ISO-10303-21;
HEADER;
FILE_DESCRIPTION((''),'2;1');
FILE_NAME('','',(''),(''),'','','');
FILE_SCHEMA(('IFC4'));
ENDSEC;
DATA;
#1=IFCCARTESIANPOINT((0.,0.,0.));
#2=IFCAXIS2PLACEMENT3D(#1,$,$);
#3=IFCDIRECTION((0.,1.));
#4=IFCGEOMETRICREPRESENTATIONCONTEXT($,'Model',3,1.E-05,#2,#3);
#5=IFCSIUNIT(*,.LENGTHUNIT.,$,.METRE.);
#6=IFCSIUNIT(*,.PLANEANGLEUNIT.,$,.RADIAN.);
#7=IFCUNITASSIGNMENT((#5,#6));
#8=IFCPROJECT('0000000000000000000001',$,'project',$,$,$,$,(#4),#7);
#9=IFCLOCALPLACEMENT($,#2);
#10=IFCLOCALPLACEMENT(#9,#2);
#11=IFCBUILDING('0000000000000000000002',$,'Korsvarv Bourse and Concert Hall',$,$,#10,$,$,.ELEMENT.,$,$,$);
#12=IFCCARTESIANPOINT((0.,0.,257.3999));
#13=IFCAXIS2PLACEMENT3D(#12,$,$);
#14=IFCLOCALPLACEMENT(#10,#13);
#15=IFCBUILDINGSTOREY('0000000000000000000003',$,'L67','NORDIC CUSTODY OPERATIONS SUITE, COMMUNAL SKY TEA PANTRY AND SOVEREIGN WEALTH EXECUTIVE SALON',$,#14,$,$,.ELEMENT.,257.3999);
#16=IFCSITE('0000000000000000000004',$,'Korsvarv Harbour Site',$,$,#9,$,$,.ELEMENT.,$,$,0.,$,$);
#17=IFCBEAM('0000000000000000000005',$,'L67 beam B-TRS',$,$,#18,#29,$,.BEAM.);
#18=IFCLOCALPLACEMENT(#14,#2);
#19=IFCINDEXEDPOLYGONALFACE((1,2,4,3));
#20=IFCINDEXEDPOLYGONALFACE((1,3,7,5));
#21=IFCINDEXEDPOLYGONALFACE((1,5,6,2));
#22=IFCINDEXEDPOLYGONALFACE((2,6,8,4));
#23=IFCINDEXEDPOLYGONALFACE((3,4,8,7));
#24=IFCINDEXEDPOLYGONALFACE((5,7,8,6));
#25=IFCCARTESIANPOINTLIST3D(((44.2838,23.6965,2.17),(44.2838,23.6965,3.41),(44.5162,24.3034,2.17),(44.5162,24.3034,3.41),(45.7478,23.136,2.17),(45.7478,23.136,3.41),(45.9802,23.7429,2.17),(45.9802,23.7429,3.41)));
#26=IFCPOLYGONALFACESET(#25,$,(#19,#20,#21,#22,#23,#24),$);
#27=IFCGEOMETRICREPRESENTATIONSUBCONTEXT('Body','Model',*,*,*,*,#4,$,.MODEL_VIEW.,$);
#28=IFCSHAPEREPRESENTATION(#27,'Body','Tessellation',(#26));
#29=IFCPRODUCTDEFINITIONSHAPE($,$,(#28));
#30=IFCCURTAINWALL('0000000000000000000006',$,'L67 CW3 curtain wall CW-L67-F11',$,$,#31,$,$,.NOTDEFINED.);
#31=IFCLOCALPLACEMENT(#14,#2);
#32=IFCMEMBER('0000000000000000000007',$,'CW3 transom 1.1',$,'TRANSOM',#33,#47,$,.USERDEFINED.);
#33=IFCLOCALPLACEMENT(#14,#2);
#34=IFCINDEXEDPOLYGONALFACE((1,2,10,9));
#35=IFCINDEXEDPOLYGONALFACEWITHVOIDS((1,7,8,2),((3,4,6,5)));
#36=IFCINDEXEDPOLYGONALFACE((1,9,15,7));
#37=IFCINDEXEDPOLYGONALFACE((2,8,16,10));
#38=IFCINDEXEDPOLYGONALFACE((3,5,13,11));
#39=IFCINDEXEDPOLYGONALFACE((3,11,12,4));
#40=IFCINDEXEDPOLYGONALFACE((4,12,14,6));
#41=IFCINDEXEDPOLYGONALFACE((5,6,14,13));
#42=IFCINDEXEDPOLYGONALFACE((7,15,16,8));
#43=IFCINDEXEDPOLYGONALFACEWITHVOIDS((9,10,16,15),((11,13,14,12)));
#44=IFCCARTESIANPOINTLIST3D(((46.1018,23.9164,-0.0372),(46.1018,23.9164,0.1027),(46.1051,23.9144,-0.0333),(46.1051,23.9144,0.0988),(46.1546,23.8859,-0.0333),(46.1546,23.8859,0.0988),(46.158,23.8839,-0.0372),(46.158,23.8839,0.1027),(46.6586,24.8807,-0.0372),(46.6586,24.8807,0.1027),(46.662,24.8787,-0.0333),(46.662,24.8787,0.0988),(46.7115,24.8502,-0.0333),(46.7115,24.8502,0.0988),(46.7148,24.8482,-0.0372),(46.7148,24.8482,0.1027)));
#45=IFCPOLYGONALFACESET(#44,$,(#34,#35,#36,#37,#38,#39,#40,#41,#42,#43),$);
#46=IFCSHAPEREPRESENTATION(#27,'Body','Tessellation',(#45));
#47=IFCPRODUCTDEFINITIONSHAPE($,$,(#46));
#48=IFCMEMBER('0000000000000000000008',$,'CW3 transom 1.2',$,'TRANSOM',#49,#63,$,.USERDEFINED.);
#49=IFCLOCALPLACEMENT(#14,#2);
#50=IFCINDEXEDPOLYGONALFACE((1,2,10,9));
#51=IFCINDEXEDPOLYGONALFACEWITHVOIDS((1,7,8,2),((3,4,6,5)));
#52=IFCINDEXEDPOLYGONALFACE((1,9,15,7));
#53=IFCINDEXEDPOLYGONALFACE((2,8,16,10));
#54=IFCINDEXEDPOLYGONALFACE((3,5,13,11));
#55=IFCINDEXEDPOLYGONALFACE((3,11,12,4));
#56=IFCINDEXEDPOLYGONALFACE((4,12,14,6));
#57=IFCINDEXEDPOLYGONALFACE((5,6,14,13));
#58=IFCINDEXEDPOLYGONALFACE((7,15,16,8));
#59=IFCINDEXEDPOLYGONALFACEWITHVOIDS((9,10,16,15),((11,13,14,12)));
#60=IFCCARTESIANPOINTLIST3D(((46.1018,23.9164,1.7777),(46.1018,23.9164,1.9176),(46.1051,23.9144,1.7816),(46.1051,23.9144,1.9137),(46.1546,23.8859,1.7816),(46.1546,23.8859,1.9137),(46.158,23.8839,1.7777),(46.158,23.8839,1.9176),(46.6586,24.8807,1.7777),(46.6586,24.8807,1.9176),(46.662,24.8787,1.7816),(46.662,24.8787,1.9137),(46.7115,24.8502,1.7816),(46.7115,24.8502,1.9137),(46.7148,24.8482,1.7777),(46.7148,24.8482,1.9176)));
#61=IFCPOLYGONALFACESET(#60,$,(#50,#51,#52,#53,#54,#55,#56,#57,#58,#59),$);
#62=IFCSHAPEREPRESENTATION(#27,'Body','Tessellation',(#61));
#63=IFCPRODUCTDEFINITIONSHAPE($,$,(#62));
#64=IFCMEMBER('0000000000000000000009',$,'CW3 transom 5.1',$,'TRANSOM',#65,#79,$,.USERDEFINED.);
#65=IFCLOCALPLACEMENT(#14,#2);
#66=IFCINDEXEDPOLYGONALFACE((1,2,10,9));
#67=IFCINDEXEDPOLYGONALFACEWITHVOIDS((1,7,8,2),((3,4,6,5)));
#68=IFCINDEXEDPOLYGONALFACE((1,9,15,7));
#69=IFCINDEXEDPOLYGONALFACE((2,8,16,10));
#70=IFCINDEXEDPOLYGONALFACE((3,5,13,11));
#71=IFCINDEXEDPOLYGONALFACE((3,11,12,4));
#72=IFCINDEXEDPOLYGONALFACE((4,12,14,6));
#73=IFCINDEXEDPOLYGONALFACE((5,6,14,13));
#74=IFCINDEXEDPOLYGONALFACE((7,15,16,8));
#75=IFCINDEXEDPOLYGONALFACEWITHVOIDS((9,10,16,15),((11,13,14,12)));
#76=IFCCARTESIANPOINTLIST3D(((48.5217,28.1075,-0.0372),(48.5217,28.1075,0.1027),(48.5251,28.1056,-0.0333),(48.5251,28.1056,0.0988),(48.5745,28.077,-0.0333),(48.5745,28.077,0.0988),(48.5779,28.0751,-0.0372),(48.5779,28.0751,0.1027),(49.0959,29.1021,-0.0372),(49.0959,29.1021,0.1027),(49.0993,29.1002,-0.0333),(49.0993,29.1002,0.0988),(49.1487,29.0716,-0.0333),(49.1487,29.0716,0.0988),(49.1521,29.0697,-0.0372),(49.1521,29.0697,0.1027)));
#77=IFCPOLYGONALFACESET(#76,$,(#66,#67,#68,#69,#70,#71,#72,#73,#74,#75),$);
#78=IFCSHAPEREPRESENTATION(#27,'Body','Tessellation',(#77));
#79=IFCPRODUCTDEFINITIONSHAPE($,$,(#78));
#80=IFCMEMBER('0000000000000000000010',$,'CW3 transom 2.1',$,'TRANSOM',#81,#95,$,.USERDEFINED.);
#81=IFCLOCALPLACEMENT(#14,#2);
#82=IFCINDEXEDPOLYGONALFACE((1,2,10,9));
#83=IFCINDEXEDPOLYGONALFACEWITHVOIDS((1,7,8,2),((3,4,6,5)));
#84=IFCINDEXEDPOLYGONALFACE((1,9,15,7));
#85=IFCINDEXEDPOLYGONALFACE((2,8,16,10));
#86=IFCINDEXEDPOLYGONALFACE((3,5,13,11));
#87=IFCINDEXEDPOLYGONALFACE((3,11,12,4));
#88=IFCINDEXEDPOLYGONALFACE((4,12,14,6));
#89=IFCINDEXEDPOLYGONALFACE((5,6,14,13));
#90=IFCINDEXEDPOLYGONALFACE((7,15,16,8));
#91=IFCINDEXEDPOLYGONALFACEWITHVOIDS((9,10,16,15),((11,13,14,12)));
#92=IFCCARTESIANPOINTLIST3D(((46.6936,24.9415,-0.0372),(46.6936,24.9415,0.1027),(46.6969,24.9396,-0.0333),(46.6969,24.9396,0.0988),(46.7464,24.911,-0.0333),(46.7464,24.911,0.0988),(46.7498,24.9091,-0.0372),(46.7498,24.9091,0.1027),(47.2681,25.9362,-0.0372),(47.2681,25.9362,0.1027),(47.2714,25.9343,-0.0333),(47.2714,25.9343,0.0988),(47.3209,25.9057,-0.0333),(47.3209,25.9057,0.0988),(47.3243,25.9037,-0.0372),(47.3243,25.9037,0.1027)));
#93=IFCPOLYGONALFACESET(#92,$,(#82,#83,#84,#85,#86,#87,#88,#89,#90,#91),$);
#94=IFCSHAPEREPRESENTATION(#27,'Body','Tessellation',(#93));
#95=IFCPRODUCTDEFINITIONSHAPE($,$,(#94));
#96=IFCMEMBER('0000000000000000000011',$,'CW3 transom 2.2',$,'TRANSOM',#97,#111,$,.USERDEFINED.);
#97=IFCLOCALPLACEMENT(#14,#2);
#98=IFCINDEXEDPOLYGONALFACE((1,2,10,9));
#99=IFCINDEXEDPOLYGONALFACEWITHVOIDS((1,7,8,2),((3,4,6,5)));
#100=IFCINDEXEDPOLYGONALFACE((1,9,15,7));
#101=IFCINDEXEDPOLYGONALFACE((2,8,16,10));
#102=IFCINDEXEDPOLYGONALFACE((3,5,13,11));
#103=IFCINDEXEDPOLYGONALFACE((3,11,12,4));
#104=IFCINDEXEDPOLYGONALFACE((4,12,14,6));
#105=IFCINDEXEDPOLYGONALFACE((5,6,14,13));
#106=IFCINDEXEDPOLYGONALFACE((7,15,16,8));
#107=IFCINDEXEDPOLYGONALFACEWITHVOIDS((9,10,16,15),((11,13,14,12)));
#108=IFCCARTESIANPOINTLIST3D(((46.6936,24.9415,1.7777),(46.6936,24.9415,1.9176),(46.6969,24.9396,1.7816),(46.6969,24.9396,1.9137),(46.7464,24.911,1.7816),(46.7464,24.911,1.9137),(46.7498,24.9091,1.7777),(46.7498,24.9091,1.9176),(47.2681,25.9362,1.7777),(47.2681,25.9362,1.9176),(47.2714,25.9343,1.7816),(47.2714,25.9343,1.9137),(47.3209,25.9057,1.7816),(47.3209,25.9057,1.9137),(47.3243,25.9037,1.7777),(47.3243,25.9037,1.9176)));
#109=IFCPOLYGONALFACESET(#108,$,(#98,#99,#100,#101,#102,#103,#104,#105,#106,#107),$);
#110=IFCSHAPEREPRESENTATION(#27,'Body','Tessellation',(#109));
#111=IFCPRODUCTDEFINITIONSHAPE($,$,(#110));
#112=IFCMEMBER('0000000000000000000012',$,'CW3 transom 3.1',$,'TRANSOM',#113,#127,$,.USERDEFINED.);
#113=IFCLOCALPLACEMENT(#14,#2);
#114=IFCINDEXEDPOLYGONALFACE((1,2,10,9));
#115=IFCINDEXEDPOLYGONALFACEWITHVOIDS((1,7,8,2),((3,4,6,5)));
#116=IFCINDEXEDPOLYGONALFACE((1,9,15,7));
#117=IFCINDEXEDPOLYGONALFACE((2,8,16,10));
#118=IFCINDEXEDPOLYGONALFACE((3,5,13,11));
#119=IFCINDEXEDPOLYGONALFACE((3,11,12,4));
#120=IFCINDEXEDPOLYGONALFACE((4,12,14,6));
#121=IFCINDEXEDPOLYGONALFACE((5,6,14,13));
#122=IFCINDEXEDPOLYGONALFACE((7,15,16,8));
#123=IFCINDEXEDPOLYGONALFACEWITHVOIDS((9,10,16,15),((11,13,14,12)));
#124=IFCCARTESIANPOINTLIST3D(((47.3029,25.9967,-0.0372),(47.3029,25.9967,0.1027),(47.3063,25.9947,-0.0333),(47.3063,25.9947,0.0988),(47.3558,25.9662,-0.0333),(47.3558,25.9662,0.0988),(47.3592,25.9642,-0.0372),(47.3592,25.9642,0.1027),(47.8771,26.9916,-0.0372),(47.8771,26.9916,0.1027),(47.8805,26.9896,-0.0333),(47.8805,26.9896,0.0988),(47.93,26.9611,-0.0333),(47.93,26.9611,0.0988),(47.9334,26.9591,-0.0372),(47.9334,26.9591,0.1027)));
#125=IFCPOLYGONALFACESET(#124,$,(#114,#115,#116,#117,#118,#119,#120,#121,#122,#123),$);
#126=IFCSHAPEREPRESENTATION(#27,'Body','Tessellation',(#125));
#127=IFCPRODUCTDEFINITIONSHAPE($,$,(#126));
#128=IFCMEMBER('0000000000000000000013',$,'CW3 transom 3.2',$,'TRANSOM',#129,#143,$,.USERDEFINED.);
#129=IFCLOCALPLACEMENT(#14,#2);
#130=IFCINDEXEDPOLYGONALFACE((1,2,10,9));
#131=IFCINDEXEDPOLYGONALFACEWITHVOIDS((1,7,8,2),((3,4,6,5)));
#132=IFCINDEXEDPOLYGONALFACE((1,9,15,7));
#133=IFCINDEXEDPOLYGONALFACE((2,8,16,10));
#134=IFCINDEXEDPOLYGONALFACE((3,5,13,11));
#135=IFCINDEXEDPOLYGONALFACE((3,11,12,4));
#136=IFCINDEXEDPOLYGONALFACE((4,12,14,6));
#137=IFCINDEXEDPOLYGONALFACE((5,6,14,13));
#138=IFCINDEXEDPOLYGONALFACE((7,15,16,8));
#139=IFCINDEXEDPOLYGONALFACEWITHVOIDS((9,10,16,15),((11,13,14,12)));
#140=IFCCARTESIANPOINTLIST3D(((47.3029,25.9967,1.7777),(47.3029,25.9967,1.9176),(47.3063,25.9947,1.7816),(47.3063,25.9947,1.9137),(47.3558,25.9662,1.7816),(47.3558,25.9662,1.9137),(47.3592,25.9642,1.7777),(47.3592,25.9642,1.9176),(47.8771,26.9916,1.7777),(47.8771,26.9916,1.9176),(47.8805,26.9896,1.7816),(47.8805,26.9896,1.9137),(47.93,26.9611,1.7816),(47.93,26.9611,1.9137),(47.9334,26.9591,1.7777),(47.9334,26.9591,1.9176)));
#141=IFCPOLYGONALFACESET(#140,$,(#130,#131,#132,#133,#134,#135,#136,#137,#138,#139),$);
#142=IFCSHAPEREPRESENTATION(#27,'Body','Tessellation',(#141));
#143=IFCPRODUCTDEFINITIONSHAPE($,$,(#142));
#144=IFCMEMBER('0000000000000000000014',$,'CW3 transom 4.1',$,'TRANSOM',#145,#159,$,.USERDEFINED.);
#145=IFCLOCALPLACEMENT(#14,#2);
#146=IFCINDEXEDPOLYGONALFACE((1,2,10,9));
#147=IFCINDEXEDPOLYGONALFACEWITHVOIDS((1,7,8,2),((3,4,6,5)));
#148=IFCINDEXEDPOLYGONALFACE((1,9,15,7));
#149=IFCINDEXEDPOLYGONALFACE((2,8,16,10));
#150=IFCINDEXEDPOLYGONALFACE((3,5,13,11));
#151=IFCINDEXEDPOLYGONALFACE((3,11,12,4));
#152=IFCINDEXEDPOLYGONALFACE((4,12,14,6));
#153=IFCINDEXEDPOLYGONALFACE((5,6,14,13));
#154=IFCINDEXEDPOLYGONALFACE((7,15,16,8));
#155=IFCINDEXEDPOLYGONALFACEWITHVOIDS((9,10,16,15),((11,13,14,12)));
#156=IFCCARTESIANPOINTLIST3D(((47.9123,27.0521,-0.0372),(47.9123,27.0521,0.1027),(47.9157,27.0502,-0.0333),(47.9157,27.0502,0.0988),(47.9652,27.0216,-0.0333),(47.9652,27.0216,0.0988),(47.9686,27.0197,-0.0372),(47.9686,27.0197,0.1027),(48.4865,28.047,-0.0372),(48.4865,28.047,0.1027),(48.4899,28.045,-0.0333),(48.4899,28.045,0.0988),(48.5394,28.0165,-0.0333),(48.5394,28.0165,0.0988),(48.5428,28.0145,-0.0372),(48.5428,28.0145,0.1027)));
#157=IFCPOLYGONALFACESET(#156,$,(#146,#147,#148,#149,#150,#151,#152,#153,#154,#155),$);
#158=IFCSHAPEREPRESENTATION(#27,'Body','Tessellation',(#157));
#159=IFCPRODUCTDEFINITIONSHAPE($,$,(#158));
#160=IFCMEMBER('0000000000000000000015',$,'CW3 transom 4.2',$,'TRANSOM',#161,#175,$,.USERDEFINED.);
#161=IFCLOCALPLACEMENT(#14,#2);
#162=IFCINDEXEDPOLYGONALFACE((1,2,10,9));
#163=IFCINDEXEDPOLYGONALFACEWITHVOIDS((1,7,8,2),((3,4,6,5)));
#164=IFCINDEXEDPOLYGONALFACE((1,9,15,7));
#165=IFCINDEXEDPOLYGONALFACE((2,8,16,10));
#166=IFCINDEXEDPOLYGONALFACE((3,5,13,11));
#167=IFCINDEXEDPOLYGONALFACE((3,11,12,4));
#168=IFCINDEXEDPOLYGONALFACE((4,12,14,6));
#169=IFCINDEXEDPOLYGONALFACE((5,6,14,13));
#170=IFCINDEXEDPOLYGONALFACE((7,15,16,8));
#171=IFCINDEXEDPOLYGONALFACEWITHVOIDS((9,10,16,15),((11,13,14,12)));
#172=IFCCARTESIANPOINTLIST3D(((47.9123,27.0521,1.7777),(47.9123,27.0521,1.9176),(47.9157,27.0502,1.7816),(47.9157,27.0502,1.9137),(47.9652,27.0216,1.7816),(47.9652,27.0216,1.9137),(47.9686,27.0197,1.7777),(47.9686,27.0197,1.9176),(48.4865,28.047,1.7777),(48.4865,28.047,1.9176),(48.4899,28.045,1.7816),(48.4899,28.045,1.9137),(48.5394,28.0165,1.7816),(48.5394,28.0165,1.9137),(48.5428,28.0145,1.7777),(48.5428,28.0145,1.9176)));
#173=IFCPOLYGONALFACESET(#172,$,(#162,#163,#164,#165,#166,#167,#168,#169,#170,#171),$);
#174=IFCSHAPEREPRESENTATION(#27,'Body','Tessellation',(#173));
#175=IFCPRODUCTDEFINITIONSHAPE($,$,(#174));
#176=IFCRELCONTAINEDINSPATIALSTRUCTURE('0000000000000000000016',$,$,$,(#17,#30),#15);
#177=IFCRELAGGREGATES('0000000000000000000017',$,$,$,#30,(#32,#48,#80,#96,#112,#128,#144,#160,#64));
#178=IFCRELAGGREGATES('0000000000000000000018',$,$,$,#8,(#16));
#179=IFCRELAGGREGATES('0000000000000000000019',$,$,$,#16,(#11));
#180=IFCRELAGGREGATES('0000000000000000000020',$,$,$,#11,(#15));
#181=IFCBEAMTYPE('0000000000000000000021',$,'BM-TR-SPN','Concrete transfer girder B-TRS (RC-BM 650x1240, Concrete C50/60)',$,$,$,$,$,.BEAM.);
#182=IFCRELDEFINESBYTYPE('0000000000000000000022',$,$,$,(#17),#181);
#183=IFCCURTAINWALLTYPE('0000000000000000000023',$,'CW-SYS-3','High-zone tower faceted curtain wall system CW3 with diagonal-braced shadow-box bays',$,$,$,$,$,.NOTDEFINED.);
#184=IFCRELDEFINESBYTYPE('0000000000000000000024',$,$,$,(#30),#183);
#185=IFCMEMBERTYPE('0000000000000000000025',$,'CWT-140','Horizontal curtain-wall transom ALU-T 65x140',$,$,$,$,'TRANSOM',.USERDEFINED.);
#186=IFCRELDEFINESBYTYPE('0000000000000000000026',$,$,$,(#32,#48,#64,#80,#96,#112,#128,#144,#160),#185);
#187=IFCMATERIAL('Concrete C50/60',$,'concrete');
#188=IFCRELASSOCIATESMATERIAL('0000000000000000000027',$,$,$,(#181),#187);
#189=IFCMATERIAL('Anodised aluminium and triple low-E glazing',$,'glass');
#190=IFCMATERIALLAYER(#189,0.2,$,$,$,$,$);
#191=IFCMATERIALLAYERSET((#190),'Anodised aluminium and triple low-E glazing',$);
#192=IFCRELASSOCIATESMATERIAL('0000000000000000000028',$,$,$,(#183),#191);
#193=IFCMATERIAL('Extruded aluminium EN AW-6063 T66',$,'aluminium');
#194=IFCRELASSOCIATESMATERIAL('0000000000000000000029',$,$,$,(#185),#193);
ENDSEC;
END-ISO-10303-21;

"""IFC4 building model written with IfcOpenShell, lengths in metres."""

from ifc_helpers import new_model, si_unit, direction, frame, origin, origin_2d, place, context, subcontext, project, spatial, rectangle, hollow_rectangle, extrude, source, transform, mapped, material, layer, layer_set, material_profile, profile_set, type_object, element, aggregate, save


model = new_model("IFC4")

# Units and contexts
model_context = context("Model", 3, precision=1e-05, world=origin(), true_north=direction((0.0, 1.0)))
body_context = subcontext(model_context, "Body", "Model", "MODEL_VIEW")
ifc_project = project(units=[si_unit("LENGTHUNIT", "METRE"), si_unit("PLANEANGLEUNIT", "RADIAN")], contexts=[model_context])

# Site, building, storey
site_placement = place(None, origin())
site = spatial("IfcSite", under=ifc_project, at=site_placement, Name="Korsvarv Harbour Site", CompositionType="ELEMENT", RefElevation=0.0)
building_placement = place(site_placement, origin())
building = spatial("IfcBuilding", under=site, at=building_placement, Name="Korsvarv Bourse and Concert Hall", CompositionType="ELEMENT")
storey_placement = place(building_placement, frame((0.0, 0.0, 257.3999)))
storey = spatial("IfcBuildingStorey", under=building, at=storey_placement, Name="L67", Description="NORDIC CUSTODY OPERATIONS SUITE, COMMUNAL SKY TEA PANTRY AND SOVEREIGN WEALTH EXECUTIVE SALON", CompositionType="ELEMENT", Elevation=257.3999)

# Shared definitions
ifc_material_1 = material(Name="Concrete C50/60", Category="concrete")

# Beam
ifc_material_profile_1 = material_profile(ifc_material_1, rectangle(XDim=0.6499, YDim=1.24, at=origin_2d()), Name="RC-BM 650x1240")
ifc_profile_set_1 = profile_set([ifc_material_profile_1], Name="Concrete C50/60")
beam_type_1 = type_object("IfcBeamType", Name="BM-TR-SPN", Description="Concrete transfer girder B-TRS (RC-BM 650x1240, Concrete C50/60)", PredefinedType="BEAM", material=ifc_profile_set_1)
shared_shape_1 = source(origin(), body_context, "Body", "SweptSolid", [
    extrude(rectangle(XDim=0.6499, YDim=1.24, at=origin_2d()), origin(), (0.0, 0.0, 1.0), 1.5676),
])
beam_1_placement = place(storey_placement, frame((45.864, 23.4395, 2.79), z_axis=(-0.933894, 0.357549, 0.0), x_axis=(-0.357549, -0.933894, 0.0)))
element("IfcBeam", 1, at=beam_1_placement, inside=storey, type_object=beam_type_1, Name="L67 beam B-TRS", PredefinedType="BEAM", context=body_context, shape_type="MappedRepresentation", body=[
    mapped(shared_shape_1, transform((0.0, 0.0, 0.0), scale=1.0)),
])

# Curtain wall, members
ifc_material_2 = material(Name="Anodised aluminium and triple low-E glazing", Category="glass")
ifc_layer_1 = layer(ifc_material_2, 0.2)
ifc_layer_set_1 = layer_set([ifc_layer_1], Name="Anodised aluminium and triple low-E glazing")
curtain_wall_type = type_object("IfcCurtainWallType", Name="CW-SYS-3", Description="High-zone tower faceted curtain wall system CW3 with diagonal-braced shadow-box bays", PredefinedType="NOTDEFINED", material=ifc_layer_set_1)
curtain_wall_placement = place(storey_placement, origin())
curtain_wall = element("IfcCurtainWall", 2, at=curtain_wall_placement, inside=storey, type_object=curtain_wall_type, Name="L67 CW3 curtain wall CW-L67-F11", PredefinedType="NOTDEFINED")
ifc_material_3 = material(Name="Extruded aluminium EN AW-6063 T66", Category="aluminium")
ifc_material_profile_2 = material_profile(ifc_material_3, hollow_rectangle(XDim=0.0649, YDim=0.1399, WallThickness=0.0039, at=origin_2d()), Name="ALU-T 65x140")
ifc_profile_set_2 = profile_set([ifc_material_profile_2], Name="Extruded aluminium EN AW-6063 T66")
member_type_1 = type_object("IfcMemberType", Name="CWT-140", Description="Horizontal curtain-wall transom ALU-T 65x140", ElementType="TRANSOM", PredefinedType="USERDEFINED", material=ifc_profile_set_2)
shared_shape_2 = source(origin(), body_context, "Body", "SweptSolid", [
    extrude(hollow_rectangle(XDim=0.0649, YDim=0.1399, WallThickness=0.0039, at=origin_2d()), origin(), (0.0, 0.0, 1.0), 1.1135),
])
member_1_placement = place(storey_placement, frame((46.1299, 23.9001, 0.0327), z_axis=(0.500077, 0.865981, 0.0), x_axis=(-0.865981, 0.500077, 0.0)))
member_1 = element("IfcMember", 3, at=member_1_placement, type_object=member_type_1, Name="CW3 transom 1.1", ObjectType="TRANSOM", PredefinedType="USERDEFINED", context=body_context, shape_type="MappedRepresentation", body=[
    mapped(shared_shape_2, transform((0.0, 0.0, 0.0), scale=1.0)),
])
member_2_placement = place(storey_placement, frame((46.1299, 23.9001, 1.8477), z_axis=(0.500077, 0.865981, 0.0), x_axis=(-0.865981, 0.500077, 0.0)))
member_2 = element("IfcMember", 4, at=member_2_placement, type_object=member_type_1, Name="CW3 transom 1.2", ObjectType="TRANSOM", PredefinedType="USERDEFINED", context=body_context, shape_type="MappedRepresentation", body=[
    mapped(shared_shape_2, transform((0.0, 0.0, 0.0), scale=1.0)),
])
shared_shape_3 = source(origin(), body_context, "Body", "SweptSolid", [
    extrude(hollow_rectangle(XDim=0.0649, YDim=0.1399, WallThickness=0.0039, at=origin_2d()), origin(), (0.0, 0.0, 1.0), 1.1484),
])
member_3_placement = place(storey_placement, frame((48.5498, 28.0913, 0.0327), z_axis=(0.49998, 0.866037, 0.0), x_axis=(-0.866037, 0.49998, 0.0)))
member_3 = element("IfcMember", 5, at=member_3_placement, type_object=member_type_1, Name="CW3 transom 5.1", ObjectType="TRANSOM", PredefinedType="USERDEFINED", context=body_context, shape_type="MappedRepresentation", body=[
    mapped(shared_shape_3, transform((0.0, 0.0, 0.0), scale=1.0)),
])
shared_shape_4 = source(origin(), body_context, "Body", "SweptSolid", [
    extrude(hollow_rectangle(XDim=0.0649, YDim=0.1399, WallThickness=0.0039, at=origin_2d()), origin(), (0.0, 0.0, 1.0), 1.1487),
])
member_4_placement = place(storey_placement, frame((46.7217, 24.9253, 0.0327), z_axis=(0.500139, 0.865945, 0.0), x_axis=(-0.865945, 0.500139, 0.0)))
member_4 = element("IfcMember", 6, at=member_4_placement, type_object=member_type_1, Name="CW3 transom 2.1", ObjectType="TRANSOM", PredefinedType="USERDEFINED", context=body_context, shape_type="MappedRepresentation", body=[
    mapped(shared_shape_4, transform((0.0, 0.0, 0.0), scale=1.0)),
])
member_5_placement = place(storey_placement, frame((46.7217, 24.9253, 1.8477), z_axis=(0.500139, 0.865945, 0.0), x_axis=(-0.865945, 0.500139, 0.0)))
member_5 = element("IfcMember", 7, at=member_5_placement, type_object=member_type_1, Name="CW3 transom 2.2", ObjectType="TRANSOM", PredefinedType="USERDEFINED", context=body_context, shape_type="MappedRepresentation", body=[
    mapped(shared_shape_4, transform((0.0, 0.0, 0.0), scale=1.0)),
])
member_6_placement = place(storey_placement, frame((47.3311, 25.9805, 0.0327), z_axis=(0.499888, 0.86609, 0.0), x_axis=(-0.86609, 0.499888, 0.0)))
member_6 = element("IfcMember", 8, at=member_6_placement, type_object=member_type_1, Name="CW3 transom 3.1", ObjectType="TRANSOM", PredefinedType="USERDEFINED", context=body_context, shape_type="MappedRepresentation", body=[
    mapped(shared_shape_4, transform((0.0, 0.0, 0.0), scale=1.0)),
])
member_7_placement = place(storey_placement, frame((47.3311, 25.9805, 1.8477), z_axis=(0.499888, 0.86609, 0.0), x_axis=(-0.86609, 0.499888, 0.0)))
member_7 = element("IfcMember", 9, at=member_7_placement, type_object=member_type_1, Name="CW3 transom 3.2", ObjectType="TRANSOM", PredefinedType="USERDEFINED", context=body_context, shape_type="MappedRepresentation", body=[
    mapped(shared_shape_4, transform((0.0, 0.0, 0.0), scale=1.0)),
])
member_8_placement = place(storey_placement, frame((47.9404, 27.0359, 0.0327), z_axis=(0.499888, 0.86609, 0.0), x_axis=(-0.86609, 0.499888, 0.0)))
member_8 = element("IfcMember", 10, at=member_8_placement, type_object=member_type_1, Name="CW3 transom 4.1", ObjectType="TRANSOM", PredefinedType="USERDEFINED", context=body_context, shape_type="MappedRepresentation", body=[
    mapped(shared_shape_4, transform((0.0, 0.0, 0.0), scale=1.0)),
])
member_9_placement = place(storey_placement, frame((47.9404, 27.0359, 1.8477), z_axis=(0.499888, 0.86609, 0.0), x_axis=(-0.86609, 0.499888, 0.0)))
member_9 = element("IfcMember", 11, at=member_9_placement, type_object=member_type_1, Name="CW3 transom 4.2", ObjectType="TRANSOM", PredefinedType="USERDEFINED", context=body_context, shape_type="MappedRepresentation", body=[
    mapped(shared_shape_4, transform((0.0, 0.0, 0.0), scale=1.0)),
])
aggregate(curtain_wall, [member_1, member_2, member_4, member_5, member_6, member_7, member_8, member_9, member_3])

save(model, "model.ifc")
